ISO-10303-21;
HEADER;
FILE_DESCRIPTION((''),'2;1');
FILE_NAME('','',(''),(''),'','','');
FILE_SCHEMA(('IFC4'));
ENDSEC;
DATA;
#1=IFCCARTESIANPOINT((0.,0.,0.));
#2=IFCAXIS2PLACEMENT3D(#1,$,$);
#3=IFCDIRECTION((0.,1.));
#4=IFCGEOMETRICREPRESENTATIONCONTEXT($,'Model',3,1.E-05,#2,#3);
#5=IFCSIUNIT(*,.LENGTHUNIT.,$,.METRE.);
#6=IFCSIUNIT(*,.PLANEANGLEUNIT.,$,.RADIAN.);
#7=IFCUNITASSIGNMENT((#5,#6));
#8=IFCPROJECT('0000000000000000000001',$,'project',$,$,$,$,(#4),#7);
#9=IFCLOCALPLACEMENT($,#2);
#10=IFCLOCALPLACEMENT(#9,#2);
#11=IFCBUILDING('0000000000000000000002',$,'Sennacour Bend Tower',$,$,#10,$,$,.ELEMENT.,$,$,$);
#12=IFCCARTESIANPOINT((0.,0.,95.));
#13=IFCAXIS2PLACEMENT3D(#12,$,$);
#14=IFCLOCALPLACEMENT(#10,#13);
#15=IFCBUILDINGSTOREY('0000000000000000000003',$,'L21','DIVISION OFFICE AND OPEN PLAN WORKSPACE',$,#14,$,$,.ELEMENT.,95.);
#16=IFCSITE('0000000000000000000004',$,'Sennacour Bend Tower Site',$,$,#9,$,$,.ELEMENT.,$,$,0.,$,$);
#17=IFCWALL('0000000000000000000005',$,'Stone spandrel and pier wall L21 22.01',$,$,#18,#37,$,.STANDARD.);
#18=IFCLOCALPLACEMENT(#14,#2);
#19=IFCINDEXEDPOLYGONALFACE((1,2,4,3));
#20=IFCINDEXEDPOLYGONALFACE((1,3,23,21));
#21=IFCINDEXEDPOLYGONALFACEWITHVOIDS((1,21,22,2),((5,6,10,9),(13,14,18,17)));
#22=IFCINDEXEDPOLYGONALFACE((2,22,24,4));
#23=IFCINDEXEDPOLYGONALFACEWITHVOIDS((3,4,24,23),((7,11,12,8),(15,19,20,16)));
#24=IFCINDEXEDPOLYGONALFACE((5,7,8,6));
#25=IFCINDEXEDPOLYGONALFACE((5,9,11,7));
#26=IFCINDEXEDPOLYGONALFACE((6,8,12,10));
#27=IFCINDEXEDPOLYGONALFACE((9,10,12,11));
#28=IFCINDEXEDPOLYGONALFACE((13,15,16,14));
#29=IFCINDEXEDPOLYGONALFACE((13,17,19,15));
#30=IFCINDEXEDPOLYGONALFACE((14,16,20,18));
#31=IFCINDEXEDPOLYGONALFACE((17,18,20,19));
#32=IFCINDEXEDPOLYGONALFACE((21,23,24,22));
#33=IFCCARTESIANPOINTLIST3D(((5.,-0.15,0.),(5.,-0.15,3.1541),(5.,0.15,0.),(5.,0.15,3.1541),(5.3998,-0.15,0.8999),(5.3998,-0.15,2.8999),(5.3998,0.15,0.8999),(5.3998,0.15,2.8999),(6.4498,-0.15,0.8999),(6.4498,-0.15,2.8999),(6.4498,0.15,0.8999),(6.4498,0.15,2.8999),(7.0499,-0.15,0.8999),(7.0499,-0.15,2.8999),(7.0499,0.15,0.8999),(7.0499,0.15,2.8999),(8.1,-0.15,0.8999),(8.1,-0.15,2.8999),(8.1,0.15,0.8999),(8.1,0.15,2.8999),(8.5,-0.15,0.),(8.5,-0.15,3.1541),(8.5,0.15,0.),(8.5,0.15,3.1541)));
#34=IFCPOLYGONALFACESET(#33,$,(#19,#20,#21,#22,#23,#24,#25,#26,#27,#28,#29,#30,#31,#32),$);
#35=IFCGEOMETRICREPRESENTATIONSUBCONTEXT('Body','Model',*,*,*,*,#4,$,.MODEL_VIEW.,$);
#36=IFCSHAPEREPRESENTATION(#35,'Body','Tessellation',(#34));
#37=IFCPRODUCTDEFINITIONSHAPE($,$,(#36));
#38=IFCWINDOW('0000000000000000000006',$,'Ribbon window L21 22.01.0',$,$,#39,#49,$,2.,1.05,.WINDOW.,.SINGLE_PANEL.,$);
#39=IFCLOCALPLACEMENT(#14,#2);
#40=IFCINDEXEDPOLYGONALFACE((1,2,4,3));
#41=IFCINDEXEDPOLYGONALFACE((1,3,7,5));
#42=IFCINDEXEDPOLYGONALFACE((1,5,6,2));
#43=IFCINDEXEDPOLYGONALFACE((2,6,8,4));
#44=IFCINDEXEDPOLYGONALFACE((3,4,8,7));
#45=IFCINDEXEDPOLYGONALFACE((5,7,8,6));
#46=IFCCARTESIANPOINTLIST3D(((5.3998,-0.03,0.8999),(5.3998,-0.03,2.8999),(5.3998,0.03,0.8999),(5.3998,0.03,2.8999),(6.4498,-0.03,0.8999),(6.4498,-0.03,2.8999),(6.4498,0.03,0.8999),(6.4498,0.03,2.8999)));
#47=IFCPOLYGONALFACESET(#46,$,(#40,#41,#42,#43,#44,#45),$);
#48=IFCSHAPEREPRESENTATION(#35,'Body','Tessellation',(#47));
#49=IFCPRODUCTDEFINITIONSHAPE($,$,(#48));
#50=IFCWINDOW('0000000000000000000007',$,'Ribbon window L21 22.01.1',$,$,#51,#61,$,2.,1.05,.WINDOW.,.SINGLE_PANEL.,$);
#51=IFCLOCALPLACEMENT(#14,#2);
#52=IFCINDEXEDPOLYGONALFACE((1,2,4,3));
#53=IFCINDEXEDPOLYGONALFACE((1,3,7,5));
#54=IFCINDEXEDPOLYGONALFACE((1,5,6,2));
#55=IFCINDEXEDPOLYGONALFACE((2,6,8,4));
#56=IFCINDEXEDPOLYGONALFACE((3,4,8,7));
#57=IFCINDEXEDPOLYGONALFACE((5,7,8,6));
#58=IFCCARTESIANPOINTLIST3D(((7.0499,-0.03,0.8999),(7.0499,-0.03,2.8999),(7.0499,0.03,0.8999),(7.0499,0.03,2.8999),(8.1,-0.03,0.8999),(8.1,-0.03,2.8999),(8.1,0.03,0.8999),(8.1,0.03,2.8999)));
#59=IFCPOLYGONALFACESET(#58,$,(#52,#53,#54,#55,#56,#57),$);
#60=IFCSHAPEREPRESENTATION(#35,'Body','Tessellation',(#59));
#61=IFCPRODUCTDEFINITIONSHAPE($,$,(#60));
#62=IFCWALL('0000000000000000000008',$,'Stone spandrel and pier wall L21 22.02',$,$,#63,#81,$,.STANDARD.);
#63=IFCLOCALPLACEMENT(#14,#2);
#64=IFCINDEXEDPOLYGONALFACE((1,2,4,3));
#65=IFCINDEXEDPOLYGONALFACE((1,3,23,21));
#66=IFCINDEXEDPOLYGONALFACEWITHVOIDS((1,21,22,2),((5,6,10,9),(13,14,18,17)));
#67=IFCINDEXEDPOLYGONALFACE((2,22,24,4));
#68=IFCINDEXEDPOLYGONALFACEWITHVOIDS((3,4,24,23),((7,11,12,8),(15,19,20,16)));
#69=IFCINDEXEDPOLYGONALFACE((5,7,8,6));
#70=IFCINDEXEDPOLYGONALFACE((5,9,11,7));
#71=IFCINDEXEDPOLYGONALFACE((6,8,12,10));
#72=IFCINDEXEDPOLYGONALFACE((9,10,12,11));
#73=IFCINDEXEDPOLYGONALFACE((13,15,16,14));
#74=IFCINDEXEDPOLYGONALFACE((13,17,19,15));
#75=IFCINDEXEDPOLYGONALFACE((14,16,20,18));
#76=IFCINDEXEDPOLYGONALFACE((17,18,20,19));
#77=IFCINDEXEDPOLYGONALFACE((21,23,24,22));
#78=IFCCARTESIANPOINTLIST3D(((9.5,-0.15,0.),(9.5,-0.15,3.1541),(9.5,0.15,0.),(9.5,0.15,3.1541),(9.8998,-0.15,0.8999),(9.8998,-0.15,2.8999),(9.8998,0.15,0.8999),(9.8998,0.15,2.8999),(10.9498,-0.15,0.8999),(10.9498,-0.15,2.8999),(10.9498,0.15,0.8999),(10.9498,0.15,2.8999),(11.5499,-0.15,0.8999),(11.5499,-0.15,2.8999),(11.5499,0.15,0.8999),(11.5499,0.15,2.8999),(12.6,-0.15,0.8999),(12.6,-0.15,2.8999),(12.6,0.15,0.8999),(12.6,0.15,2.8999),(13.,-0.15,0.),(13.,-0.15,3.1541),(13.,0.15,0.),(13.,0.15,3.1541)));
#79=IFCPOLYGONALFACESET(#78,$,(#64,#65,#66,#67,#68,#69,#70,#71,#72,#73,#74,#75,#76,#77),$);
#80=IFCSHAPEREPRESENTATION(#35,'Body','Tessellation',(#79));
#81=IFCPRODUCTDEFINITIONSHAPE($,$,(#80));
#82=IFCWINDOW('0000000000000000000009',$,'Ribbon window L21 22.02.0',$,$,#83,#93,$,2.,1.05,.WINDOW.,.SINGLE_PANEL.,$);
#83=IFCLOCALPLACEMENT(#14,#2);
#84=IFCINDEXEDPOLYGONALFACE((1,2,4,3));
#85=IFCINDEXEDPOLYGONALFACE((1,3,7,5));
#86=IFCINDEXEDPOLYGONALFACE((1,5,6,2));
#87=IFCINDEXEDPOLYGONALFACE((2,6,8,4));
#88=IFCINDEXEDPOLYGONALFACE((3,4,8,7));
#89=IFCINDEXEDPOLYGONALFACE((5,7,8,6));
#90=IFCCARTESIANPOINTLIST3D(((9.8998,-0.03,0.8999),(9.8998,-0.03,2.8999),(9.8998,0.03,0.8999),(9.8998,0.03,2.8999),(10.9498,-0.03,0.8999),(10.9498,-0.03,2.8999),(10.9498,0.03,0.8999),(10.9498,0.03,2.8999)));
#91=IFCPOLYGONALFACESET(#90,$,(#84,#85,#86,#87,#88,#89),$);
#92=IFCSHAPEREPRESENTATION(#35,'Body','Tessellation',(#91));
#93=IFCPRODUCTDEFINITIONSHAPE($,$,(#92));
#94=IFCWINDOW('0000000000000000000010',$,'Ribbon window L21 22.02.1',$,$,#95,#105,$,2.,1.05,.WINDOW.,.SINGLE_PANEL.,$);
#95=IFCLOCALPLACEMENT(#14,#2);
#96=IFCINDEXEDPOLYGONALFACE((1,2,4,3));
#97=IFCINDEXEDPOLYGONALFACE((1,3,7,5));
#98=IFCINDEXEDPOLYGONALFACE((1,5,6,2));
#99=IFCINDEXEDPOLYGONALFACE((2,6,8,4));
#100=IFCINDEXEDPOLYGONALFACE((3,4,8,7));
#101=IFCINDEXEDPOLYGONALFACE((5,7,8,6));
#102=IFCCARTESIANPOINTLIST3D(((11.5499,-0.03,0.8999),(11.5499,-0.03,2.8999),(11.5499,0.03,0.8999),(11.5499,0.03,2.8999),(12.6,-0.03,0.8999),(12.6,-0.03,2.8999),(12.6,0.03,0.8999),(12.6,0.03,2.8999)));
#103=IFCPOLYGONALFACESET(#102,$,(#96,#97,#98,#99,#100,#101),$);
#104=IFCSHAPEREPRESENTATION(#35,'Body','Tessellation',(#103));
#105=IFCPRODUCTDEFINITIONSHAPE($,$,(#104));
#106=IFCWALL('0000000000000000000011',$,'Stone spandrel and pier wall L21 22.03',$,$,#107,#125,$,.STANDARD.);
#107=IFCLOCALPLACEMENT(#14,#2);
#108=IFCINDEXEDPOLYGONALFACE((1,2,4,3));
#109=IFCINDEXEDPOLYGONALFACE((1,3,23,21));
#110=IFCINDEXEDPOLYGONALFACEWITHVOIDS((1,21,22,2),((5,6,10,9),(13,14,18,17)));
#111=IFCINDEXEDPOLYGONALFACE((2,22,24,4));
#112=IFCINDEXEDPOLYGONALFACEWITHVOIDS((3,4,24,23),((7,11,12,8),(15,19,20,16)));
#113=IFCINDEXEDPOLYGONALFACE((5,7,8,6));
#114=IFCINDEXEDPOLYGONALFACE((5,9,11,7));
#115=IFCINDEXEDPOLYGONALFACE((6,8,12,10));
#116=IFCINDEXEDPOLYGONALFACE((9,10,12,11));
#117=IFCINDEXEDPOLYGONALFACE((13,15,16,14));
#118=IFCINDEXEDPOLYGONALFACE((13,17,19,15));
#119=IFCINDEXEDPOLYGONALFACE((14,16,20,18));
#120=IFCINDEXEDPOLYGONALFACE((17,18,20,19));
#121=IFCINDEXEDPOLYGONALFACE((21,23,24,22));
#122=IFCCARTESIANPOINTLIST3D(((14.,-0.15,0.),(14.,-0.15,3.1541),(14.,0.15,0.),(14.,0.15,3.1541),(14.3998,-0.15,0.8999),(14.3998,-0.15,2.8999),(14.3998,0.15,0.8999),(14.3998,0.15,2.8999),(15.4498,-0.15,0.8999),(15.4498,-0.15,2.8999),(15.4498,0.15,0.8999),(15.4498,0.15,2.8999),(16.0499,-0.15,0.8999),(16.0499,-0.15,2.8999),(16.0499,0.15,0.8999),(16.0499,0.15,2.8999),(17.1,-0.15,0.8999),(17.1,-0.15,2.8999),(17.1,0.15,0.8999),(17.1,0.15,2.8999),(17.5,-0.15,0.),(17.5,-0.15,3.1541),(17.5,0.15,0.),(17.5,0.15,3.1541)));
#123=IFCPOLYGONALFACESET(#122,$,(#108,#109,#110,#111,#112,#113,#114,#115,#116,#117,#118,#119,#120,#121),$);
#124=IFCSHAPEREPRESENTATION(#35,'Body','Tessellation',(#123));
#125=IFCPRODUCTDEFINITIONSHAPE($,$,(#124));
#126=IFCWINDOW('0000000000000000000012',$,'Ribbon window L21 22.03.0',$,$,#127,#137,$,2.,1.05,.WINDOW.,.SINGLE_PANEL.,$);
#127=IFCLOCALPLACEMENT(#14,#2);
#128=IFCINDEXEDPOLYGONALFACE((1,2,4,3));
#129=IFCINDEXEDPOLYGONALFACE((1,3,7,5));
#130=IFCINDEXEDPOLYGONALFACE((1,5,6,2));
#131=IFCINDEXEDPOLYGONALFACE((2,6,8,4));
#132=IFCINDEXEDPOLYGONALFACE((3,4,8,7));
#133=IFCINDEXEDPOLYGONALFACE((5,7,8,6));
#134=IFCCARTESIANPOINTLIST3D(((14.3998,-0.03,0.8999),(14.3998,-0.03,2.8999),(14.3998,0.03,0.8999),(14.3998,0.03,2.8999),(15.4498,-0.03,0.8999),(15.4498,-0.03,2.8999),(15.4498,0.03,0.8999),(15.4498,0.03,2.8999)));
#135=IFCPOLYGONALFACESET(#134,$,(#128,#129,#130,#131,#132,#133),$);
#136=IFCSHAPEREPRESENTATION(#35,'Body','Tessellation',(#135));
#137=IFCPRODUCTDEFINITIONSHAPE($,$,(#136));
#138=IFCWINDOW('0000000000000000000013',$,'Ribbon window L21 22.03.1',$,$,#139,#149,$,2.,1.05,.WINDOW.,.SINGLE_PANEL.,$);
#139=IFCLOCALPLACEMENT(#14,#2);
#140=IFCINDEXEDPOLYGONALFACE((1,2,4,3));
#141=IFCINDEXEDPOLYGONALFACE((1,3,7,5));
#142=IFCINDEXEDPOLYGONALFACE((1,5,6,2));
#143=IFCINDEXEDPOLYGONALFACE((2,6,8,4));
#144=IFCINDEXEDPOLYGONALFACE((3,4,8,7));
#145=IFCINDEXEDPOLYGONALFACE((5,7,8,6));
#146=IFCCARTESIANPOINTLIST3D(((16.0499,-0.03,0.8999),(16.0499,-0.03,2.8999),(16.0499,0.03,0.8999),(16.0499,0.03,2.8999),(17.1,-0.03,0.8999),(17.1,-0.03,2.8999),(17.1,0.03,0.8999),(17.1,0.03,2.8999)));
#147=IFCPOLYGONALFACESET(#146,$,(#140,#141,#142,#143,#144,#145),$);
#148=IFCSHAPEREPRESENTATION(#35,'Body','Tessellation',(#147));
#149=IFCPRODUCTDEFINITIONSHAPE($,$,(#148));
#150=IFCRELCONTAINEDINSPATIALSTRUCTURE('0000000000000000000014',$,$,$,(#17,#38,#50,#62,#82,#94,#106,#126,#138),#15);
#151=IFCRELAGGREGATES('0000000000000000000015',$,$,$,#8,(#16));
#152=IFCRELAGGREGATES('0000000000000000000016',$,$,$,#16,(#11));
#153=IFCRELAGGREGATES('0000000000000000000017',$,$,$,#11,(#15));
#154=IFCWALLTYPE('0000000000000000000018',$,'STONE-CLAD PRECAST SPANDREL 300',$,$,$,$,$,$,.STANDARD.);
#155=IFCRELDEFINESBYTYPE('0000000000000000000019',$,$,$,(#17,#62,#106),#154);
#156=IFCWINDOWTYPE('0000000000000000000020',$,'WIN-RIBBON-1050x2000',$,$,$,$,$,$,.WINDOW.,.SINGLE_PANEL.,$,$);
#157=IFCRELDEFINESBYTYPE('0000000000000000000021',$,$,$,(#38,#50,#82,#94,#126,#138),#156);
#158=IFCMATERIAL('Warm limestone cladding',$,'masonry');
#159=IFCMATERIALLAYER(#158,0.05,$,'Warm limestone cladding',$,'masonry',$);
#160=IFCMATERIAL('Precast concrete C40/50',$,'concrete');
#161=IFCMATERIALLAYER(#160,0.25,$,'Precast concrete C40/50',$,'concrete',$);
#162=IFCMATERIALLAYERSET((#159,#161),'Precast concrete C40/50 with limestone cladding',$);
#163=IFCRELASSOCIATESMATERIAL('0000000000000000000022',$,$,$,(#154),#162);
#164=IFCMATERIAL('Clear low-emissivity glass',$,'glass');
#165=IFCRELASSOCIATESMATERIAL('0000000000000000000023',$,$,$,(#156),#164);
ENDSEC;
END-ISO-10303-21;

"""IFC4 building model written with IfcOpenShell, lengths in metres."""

from ifc_helpers import new_model, si_unit, direction, frame, frame_2d, origin, place, context, subcontext, project, spatial, rectangle, extrude, material, layer, layer_set, type_object, element, fill, save


model = new_model("IFC4")

# Units and contexts
model_context = context("Model", 3, precision=1e-05, world=origin(), true_north=direction((0.0, 1.0)))
body_context = subcontext(model_context, "Body", "Model", "MODEL_VIEW")
ifc_project = project(units=[si_unit("LENGTHUNIT", "METRE"), si_unit("PLANEANGLEUNIT", "RADIAN")], contexts=[model_context])

# Site, building, storey
site_placement = place(None, origin())
site = spatial("IfcSite", under=ifc_project, at=site_placement, Name="Sennacour Bend Tower Site", CompositionType="ELEMENT", RefElevation=0.0)
building_placement = place(site_placement, origin())
building = spatial("IfcBuilding", under=site, at=building_placement, Name="Sennacour Bend Tower", CompositionType="ELEMENT")
storey_placement = place(building_placement, frame((0.0, 0.0, 95.0)))
storey = spatial("IfcBuildingStorey", under=building, at=storey_placement, Name="L21", Description="DIVISION OFFICE AND OPEN PLAN WORKSPACE", CompositionType="ELEMENT", Elevation=95.0)

# Walls, openings, windows
ifc_material_1 = material(Name="Warm limestone cladding", Category="masonry")
ifc_layer_1 = layer(ifc_material_1, 0.05, Name="Warm limestone cladding", Category="masonry")
ifc_material_2 = material(Name="Precast concrete C40/50", Category="concrete")
ifc_layer_2 = layer(ifc_material_2, 0.25, Name="Precast concrete C40/50", Category="concrete")
ifc_layer_set_1 = layer_set([ifc_layer_1, ifc_layer_2], Name="Precast concrete C40/50 with limestone cladding")
wall_type_1 = type_object("IfcWallType", Name="STONE-CLAD PRECAST SPANDREL 300", PredefinedType="STANDARD", material=ifc_layer_set_1)
wall_1_placement = place(storey_placement, frame((5.0, 0.0, 0.0), z_axis=(0.0, 0.0, 1.0), x_axis=(1.0, 0.0, 0.0)))
wall_1 = element("IfcWall", 1, at=wall_1_placement, inside=storey, type_object=wall_type_1, Name="Stone spandrel and pier wall L21 22.01", PredefinedType="STANDARD", context=body_context, shape_type="SweptSolid", body=[
    extrude(rectangle(XDim=3.5, YDim=0.3, at=frame_2d((1.75, 0.0))), origin(), (0.0, 0.0, 1.0), 3.1541),
])
opening_1_placement = place(wall_1_placement, frame((0.3999, 0.0, 0.8999)))
opening_1 = element("IfcOpeningElement", 2, at=opening_1_placement, cuts=wall_1, PredefinedType="OPENING", context=body_context, shape_type="SweptSolid", body=[
    extrude(rectangle(XDim=1.05, YDim=2.0, at=frame_2d((0.5249, 1.0))), frame((0.0, 0.1602, 0.0), z_axis=(0.0, -1.0, 0.0), x_axis=(1.0, 0.0, 0.0)), (0.0, 0.0, 1.0), 0.3201),
])
opening_2_placement = place(wall_1_placement, frame((2.05, 0.0, 0.8999)))
opening_2 = element("IfcOpeningElement", 3, at=opening_2_placement, cuts=wall_1, PredefinedType="OPENING", context=body_context, shape_type="SweptSolid", body=[
    extrude(rectangle(XDim=1.05, YDim=2.0, at=frame_2d((0.5249, 1.0))), frame((0.0, 0.1602, 0.0), z_axis=(0.0, -1.0, 0.0), x_axis=(1.0, 0.0, 0.0)), (0.0, 0.0, 1.0), 0.3201),
])
ifc_material_3 = material(Name="Clear low-emissivity glass", Category="glass")
window_type = type_object("IfcWindowType", Name="WIN-RIBBON-1050x2000", PartitioningType="SINGLE_PANEL", PredefinedType="WINDOW", material=ifc_material_3)
window_1_placement = place(opening_1_placement, origin())
window_1 = element("IfcWindow", 4, at=window_1_placement, inside=storey, type_object=window_type, Name="Ribbon window L21 22.01.0", OverallHeight=2.0, OverallWidth=1.05, PartitioningType="SINGLE_PANEL", PredefinedType="WINDOW", context=body_context, shape_type="SweptSolid", body=[
    extrude(rectangle(XDim=1.05, YDim=2.0, at=frame_2d((0.5249, 1.0))), frame((0.0, 0.03, 0.0), z_axis=(0.0, -1.0, 0.0), x_axis=(1.0, 0.0, 0.0)), (0.0, 0.0, 1.0), 0.0601),
])
fill(opening_1, window_1)
window_2_placement = place(opening_2_placement, origin())
window_2 = element("IfcWindow", 5, at=window_2_placement, inside=storey, type_object=window_type, Name="Ribbon window L21 22.01.1", OverallHeight=2.0, OverallWidth=1.05, PartitioningType="SINGLE_PANEL", PredefinedType="WINDOW", context=body_context, shape_type="SweptSolid", body=[
    extrude(rectangle(XDim=1.05, YDim=2.0, at=frame_2d((0.5249, 1.0))), frame((0.0, 0.03, 0.0), z_axis=(0.0, -1.0, 0.0), x_axis=(1.0, 0.0, 0.0)), (0.0, 0.0, 1.0), 0.0601),
])
fill(opening_2, window_2)
wall_2_placement = place(storey_placement, frame((9.5, 0.0, 0.0), z_axis=(0.0, 0.0, 1.0), x_axis=(1.0, 0.0, 0.0)))
wall_2 = element("IfcWall", 6, at=wall_2_placement, inside=storey, type_object=wall_type_1, Name="Stone spandrel and pier wall L21 22.02", PredefinedType="STANDARD", context=body_context, shape_type="SweptSolid", body=[
    extrude(rectangle(XDim=3.5, YDim=0.3, at=frame_2d((1.75, 0.0))), origin(), (0.0, 0.0, 1.0), 3.1541),
])
opening_3_placement = place(wall_2_placement, frame((0.3999, 0.0, 0.8999)))
opening_3 = element("IfcOpeningElement", 7, at=opening_3_placement, cuts=wall_2, PredefinedType="OPENING", context=body_context, shape_type="SweptSolid", body=[
    extrude(rectangle(XDim=1.05, YDim=2.0, at=frame_2d((0.5249, 1.0))), frame((0.0, 0.1602, 0.0), z_axis=(0.0, -1.0, 0.0), x_axis=(1.0, 0.0, 0.0)), (0.0, 0.0, 1.0), 0.3201),
])
opening_4_placement = place(wall_2_placement, frame((2.05, 0.0, 0.8999)))
opening_4 = element("IfcOpeningElement", 8, at=opening_4_placement, cuts=wall_2, PredefinedType="OPENING", context=body_context, shape_type="SweptSolid", body=[
    extrude(rectangle(XDim=1.05, YDim=2.0, at=frame_2d((0.5249, 1.0))), frame((0.0, 0.1602, 0.0), z_axis=(0.0, -1.0, 0.0), x_axis=(1.0, 0.0, 0.0)), (0.0, 0.0, 1.0), 0.3201),
])
window_3_placement = place(opening_3_placement, origin())
window_3 = element("IfcWindow", 9, at=window_3_placement, inside=storey, type_object=window_type, Name="Ribbon window L21 22.02.0", OverallHeight=2.0, OverallWidth=1.05, PartitioningType="SINGLE_PANEL", PredefinedType="WINDOW", context=body_context, shape_type="SweptSolid", body=[
    extrude(rectangle(XDim=1.05, YDim=2.0, at=frame_2d((0.5249, 1.0))), frame((0.0, 0.03, 0.0), z_axis=(0.0, -1.0, 0.0), x_axis=(1.0, 0.0, 0.0)), (0.0, 0.0, 1.0), 0.0601),
])
fill(opening_3, window_3)
window_4_placement = place(opening_4_placement, origin())
window_4 = element("IfcWindow", 10, at=window_4_placement, inside=storey, type_object=window_type, Name="Ribbon window L21 22.02.1", OverallHeight=2.0, OverallWidth=1.05, PartitioningType="SINGLE_PANEL", PredefinedType="WINDOW", context=body_context, shape_type="SweptSolid", body=[
    extrude(rectangle(XDim=1.05, YDim=2.0, at=frame_2d((0.5249, 1.0))), frame((0.0, 0.03, 0.0), z_axis=(0.0, -1.0, 0.0), x_axis=(1.0, 0.0, 0.0)), (0.0, 0.0, 1.0), 0.0601),
])
fill(opening_4, window_4)
wall_3_placement = place(storey_placement, frame((14.0, 0.0, 0.0), z_axis=(0.0, 0.0, 1.0), x_axis=(1.0, 0.0, 0.0)))
wall_3 = element("IfcWall", 11, at=wall_3_placement, inside=storey, type_object=wall_type_1, Name="Stone spandrel and pier wall L21 22.03", PredefinedType="STANDARD", context=body_context, shape_type="SweptSolid", body=[
    extrude(rectangle(XDim=3.5, YDim=0.3, at=frame_2d((1.75, 0.0))), origin(), (0.0, 0.0, 1.0), 3.1541),
])
opening_5_placement = place(wall_3_placement, frame((0.3999, 0.0, 0.8999)))
opening_5 = element("IfcOpeningElement", 12, at=opening_5_placement, cuts=wall_3, PredefinedType="OPENING", context=body_context, shape_type="SweptSolid", body=[
    extrude(rectangle(XDim=1.05, YDim=2.0, at=frame_2d((0.5249, 1.0))), frame((0.0, 0.1602, 0.0), z_axis=(0.0, -1.0, 0.0), x_axis=(1.0, 0.0, 0.0)), (0.0, 0.0, 1.0), 0.3201),
])
opening_6_placement = place(wall_3_placement, frame((2.05, 0.0, 0.8999)))
opening_6 = element("IfcOpeningElement", 13, at=opening_6_placement, cuts=wall_3, PredefinedType="OPENING", context=body_context, shape_type="SweptSolid", body=[
    extrude(rectangle(XDim=1.05, YDim=2.0, at=frame_2d((0.5249, 1.0))), frame((0.0, 0.1602, 0.0), z_axis=(0.0, -1.0, 0.0), x_axis=(1.0, 0.0, 0.0)), (0.0, 0.0, 1.0), 0.3201),
])
window_5_placement = place(opening_5_placement, origin())
window_5 = element("IfcWindow", 14, at=window_5_placement, inside=storey, type_object=window_type, Name="Ribbon window L21 22.03.0", OverallHeight=2.0, OverallWidth=1.05, PartitioningType="SINGLE_PANEL", PredefinedType="WINDOW", context=body_context, shape_type="SweptSolid", body=[
    extrude(rectangle(XDim=1.05, YDim=2.0, at=frame_2d((0.5249, 1.0))), frame((0.0, 0.03, 0.0), z_axis=(0.0, -1.0, 0.0), x_axis=(1.0, 0.0, 0.0)), (0.0, 0.0, 1.0), 0.0601),
])
fill(opening_5, window_5)
window_6_placement = place(opening_6_placement, origin())
window_6 = element("IfcWindow", 15, at=window_6_placement, inside=storey, type_object=window_type, Name="Ribbon window L21 22.03.1", OverallHeight=2.0, OverallWidth=1.05, PartitioningType="SINGLE_PANEL", PredefinedType="WINDOW", context=body_context, shape_type="SweptSolid", body=[
    extrude(rectangle(XDim=1.05, YDim=2.0, at=frame_2d((0.5249, 1.0))), frame((0.0, 0.03, 0.0), z_axis=(0.0, -1.0, 0.0), x_axis=(1.0, 0.0, 0.0)), (0.0, 0.0, 1.0), 0.0601),
])
fill(opening_6, window_6)

save(model, "model.ifc")
